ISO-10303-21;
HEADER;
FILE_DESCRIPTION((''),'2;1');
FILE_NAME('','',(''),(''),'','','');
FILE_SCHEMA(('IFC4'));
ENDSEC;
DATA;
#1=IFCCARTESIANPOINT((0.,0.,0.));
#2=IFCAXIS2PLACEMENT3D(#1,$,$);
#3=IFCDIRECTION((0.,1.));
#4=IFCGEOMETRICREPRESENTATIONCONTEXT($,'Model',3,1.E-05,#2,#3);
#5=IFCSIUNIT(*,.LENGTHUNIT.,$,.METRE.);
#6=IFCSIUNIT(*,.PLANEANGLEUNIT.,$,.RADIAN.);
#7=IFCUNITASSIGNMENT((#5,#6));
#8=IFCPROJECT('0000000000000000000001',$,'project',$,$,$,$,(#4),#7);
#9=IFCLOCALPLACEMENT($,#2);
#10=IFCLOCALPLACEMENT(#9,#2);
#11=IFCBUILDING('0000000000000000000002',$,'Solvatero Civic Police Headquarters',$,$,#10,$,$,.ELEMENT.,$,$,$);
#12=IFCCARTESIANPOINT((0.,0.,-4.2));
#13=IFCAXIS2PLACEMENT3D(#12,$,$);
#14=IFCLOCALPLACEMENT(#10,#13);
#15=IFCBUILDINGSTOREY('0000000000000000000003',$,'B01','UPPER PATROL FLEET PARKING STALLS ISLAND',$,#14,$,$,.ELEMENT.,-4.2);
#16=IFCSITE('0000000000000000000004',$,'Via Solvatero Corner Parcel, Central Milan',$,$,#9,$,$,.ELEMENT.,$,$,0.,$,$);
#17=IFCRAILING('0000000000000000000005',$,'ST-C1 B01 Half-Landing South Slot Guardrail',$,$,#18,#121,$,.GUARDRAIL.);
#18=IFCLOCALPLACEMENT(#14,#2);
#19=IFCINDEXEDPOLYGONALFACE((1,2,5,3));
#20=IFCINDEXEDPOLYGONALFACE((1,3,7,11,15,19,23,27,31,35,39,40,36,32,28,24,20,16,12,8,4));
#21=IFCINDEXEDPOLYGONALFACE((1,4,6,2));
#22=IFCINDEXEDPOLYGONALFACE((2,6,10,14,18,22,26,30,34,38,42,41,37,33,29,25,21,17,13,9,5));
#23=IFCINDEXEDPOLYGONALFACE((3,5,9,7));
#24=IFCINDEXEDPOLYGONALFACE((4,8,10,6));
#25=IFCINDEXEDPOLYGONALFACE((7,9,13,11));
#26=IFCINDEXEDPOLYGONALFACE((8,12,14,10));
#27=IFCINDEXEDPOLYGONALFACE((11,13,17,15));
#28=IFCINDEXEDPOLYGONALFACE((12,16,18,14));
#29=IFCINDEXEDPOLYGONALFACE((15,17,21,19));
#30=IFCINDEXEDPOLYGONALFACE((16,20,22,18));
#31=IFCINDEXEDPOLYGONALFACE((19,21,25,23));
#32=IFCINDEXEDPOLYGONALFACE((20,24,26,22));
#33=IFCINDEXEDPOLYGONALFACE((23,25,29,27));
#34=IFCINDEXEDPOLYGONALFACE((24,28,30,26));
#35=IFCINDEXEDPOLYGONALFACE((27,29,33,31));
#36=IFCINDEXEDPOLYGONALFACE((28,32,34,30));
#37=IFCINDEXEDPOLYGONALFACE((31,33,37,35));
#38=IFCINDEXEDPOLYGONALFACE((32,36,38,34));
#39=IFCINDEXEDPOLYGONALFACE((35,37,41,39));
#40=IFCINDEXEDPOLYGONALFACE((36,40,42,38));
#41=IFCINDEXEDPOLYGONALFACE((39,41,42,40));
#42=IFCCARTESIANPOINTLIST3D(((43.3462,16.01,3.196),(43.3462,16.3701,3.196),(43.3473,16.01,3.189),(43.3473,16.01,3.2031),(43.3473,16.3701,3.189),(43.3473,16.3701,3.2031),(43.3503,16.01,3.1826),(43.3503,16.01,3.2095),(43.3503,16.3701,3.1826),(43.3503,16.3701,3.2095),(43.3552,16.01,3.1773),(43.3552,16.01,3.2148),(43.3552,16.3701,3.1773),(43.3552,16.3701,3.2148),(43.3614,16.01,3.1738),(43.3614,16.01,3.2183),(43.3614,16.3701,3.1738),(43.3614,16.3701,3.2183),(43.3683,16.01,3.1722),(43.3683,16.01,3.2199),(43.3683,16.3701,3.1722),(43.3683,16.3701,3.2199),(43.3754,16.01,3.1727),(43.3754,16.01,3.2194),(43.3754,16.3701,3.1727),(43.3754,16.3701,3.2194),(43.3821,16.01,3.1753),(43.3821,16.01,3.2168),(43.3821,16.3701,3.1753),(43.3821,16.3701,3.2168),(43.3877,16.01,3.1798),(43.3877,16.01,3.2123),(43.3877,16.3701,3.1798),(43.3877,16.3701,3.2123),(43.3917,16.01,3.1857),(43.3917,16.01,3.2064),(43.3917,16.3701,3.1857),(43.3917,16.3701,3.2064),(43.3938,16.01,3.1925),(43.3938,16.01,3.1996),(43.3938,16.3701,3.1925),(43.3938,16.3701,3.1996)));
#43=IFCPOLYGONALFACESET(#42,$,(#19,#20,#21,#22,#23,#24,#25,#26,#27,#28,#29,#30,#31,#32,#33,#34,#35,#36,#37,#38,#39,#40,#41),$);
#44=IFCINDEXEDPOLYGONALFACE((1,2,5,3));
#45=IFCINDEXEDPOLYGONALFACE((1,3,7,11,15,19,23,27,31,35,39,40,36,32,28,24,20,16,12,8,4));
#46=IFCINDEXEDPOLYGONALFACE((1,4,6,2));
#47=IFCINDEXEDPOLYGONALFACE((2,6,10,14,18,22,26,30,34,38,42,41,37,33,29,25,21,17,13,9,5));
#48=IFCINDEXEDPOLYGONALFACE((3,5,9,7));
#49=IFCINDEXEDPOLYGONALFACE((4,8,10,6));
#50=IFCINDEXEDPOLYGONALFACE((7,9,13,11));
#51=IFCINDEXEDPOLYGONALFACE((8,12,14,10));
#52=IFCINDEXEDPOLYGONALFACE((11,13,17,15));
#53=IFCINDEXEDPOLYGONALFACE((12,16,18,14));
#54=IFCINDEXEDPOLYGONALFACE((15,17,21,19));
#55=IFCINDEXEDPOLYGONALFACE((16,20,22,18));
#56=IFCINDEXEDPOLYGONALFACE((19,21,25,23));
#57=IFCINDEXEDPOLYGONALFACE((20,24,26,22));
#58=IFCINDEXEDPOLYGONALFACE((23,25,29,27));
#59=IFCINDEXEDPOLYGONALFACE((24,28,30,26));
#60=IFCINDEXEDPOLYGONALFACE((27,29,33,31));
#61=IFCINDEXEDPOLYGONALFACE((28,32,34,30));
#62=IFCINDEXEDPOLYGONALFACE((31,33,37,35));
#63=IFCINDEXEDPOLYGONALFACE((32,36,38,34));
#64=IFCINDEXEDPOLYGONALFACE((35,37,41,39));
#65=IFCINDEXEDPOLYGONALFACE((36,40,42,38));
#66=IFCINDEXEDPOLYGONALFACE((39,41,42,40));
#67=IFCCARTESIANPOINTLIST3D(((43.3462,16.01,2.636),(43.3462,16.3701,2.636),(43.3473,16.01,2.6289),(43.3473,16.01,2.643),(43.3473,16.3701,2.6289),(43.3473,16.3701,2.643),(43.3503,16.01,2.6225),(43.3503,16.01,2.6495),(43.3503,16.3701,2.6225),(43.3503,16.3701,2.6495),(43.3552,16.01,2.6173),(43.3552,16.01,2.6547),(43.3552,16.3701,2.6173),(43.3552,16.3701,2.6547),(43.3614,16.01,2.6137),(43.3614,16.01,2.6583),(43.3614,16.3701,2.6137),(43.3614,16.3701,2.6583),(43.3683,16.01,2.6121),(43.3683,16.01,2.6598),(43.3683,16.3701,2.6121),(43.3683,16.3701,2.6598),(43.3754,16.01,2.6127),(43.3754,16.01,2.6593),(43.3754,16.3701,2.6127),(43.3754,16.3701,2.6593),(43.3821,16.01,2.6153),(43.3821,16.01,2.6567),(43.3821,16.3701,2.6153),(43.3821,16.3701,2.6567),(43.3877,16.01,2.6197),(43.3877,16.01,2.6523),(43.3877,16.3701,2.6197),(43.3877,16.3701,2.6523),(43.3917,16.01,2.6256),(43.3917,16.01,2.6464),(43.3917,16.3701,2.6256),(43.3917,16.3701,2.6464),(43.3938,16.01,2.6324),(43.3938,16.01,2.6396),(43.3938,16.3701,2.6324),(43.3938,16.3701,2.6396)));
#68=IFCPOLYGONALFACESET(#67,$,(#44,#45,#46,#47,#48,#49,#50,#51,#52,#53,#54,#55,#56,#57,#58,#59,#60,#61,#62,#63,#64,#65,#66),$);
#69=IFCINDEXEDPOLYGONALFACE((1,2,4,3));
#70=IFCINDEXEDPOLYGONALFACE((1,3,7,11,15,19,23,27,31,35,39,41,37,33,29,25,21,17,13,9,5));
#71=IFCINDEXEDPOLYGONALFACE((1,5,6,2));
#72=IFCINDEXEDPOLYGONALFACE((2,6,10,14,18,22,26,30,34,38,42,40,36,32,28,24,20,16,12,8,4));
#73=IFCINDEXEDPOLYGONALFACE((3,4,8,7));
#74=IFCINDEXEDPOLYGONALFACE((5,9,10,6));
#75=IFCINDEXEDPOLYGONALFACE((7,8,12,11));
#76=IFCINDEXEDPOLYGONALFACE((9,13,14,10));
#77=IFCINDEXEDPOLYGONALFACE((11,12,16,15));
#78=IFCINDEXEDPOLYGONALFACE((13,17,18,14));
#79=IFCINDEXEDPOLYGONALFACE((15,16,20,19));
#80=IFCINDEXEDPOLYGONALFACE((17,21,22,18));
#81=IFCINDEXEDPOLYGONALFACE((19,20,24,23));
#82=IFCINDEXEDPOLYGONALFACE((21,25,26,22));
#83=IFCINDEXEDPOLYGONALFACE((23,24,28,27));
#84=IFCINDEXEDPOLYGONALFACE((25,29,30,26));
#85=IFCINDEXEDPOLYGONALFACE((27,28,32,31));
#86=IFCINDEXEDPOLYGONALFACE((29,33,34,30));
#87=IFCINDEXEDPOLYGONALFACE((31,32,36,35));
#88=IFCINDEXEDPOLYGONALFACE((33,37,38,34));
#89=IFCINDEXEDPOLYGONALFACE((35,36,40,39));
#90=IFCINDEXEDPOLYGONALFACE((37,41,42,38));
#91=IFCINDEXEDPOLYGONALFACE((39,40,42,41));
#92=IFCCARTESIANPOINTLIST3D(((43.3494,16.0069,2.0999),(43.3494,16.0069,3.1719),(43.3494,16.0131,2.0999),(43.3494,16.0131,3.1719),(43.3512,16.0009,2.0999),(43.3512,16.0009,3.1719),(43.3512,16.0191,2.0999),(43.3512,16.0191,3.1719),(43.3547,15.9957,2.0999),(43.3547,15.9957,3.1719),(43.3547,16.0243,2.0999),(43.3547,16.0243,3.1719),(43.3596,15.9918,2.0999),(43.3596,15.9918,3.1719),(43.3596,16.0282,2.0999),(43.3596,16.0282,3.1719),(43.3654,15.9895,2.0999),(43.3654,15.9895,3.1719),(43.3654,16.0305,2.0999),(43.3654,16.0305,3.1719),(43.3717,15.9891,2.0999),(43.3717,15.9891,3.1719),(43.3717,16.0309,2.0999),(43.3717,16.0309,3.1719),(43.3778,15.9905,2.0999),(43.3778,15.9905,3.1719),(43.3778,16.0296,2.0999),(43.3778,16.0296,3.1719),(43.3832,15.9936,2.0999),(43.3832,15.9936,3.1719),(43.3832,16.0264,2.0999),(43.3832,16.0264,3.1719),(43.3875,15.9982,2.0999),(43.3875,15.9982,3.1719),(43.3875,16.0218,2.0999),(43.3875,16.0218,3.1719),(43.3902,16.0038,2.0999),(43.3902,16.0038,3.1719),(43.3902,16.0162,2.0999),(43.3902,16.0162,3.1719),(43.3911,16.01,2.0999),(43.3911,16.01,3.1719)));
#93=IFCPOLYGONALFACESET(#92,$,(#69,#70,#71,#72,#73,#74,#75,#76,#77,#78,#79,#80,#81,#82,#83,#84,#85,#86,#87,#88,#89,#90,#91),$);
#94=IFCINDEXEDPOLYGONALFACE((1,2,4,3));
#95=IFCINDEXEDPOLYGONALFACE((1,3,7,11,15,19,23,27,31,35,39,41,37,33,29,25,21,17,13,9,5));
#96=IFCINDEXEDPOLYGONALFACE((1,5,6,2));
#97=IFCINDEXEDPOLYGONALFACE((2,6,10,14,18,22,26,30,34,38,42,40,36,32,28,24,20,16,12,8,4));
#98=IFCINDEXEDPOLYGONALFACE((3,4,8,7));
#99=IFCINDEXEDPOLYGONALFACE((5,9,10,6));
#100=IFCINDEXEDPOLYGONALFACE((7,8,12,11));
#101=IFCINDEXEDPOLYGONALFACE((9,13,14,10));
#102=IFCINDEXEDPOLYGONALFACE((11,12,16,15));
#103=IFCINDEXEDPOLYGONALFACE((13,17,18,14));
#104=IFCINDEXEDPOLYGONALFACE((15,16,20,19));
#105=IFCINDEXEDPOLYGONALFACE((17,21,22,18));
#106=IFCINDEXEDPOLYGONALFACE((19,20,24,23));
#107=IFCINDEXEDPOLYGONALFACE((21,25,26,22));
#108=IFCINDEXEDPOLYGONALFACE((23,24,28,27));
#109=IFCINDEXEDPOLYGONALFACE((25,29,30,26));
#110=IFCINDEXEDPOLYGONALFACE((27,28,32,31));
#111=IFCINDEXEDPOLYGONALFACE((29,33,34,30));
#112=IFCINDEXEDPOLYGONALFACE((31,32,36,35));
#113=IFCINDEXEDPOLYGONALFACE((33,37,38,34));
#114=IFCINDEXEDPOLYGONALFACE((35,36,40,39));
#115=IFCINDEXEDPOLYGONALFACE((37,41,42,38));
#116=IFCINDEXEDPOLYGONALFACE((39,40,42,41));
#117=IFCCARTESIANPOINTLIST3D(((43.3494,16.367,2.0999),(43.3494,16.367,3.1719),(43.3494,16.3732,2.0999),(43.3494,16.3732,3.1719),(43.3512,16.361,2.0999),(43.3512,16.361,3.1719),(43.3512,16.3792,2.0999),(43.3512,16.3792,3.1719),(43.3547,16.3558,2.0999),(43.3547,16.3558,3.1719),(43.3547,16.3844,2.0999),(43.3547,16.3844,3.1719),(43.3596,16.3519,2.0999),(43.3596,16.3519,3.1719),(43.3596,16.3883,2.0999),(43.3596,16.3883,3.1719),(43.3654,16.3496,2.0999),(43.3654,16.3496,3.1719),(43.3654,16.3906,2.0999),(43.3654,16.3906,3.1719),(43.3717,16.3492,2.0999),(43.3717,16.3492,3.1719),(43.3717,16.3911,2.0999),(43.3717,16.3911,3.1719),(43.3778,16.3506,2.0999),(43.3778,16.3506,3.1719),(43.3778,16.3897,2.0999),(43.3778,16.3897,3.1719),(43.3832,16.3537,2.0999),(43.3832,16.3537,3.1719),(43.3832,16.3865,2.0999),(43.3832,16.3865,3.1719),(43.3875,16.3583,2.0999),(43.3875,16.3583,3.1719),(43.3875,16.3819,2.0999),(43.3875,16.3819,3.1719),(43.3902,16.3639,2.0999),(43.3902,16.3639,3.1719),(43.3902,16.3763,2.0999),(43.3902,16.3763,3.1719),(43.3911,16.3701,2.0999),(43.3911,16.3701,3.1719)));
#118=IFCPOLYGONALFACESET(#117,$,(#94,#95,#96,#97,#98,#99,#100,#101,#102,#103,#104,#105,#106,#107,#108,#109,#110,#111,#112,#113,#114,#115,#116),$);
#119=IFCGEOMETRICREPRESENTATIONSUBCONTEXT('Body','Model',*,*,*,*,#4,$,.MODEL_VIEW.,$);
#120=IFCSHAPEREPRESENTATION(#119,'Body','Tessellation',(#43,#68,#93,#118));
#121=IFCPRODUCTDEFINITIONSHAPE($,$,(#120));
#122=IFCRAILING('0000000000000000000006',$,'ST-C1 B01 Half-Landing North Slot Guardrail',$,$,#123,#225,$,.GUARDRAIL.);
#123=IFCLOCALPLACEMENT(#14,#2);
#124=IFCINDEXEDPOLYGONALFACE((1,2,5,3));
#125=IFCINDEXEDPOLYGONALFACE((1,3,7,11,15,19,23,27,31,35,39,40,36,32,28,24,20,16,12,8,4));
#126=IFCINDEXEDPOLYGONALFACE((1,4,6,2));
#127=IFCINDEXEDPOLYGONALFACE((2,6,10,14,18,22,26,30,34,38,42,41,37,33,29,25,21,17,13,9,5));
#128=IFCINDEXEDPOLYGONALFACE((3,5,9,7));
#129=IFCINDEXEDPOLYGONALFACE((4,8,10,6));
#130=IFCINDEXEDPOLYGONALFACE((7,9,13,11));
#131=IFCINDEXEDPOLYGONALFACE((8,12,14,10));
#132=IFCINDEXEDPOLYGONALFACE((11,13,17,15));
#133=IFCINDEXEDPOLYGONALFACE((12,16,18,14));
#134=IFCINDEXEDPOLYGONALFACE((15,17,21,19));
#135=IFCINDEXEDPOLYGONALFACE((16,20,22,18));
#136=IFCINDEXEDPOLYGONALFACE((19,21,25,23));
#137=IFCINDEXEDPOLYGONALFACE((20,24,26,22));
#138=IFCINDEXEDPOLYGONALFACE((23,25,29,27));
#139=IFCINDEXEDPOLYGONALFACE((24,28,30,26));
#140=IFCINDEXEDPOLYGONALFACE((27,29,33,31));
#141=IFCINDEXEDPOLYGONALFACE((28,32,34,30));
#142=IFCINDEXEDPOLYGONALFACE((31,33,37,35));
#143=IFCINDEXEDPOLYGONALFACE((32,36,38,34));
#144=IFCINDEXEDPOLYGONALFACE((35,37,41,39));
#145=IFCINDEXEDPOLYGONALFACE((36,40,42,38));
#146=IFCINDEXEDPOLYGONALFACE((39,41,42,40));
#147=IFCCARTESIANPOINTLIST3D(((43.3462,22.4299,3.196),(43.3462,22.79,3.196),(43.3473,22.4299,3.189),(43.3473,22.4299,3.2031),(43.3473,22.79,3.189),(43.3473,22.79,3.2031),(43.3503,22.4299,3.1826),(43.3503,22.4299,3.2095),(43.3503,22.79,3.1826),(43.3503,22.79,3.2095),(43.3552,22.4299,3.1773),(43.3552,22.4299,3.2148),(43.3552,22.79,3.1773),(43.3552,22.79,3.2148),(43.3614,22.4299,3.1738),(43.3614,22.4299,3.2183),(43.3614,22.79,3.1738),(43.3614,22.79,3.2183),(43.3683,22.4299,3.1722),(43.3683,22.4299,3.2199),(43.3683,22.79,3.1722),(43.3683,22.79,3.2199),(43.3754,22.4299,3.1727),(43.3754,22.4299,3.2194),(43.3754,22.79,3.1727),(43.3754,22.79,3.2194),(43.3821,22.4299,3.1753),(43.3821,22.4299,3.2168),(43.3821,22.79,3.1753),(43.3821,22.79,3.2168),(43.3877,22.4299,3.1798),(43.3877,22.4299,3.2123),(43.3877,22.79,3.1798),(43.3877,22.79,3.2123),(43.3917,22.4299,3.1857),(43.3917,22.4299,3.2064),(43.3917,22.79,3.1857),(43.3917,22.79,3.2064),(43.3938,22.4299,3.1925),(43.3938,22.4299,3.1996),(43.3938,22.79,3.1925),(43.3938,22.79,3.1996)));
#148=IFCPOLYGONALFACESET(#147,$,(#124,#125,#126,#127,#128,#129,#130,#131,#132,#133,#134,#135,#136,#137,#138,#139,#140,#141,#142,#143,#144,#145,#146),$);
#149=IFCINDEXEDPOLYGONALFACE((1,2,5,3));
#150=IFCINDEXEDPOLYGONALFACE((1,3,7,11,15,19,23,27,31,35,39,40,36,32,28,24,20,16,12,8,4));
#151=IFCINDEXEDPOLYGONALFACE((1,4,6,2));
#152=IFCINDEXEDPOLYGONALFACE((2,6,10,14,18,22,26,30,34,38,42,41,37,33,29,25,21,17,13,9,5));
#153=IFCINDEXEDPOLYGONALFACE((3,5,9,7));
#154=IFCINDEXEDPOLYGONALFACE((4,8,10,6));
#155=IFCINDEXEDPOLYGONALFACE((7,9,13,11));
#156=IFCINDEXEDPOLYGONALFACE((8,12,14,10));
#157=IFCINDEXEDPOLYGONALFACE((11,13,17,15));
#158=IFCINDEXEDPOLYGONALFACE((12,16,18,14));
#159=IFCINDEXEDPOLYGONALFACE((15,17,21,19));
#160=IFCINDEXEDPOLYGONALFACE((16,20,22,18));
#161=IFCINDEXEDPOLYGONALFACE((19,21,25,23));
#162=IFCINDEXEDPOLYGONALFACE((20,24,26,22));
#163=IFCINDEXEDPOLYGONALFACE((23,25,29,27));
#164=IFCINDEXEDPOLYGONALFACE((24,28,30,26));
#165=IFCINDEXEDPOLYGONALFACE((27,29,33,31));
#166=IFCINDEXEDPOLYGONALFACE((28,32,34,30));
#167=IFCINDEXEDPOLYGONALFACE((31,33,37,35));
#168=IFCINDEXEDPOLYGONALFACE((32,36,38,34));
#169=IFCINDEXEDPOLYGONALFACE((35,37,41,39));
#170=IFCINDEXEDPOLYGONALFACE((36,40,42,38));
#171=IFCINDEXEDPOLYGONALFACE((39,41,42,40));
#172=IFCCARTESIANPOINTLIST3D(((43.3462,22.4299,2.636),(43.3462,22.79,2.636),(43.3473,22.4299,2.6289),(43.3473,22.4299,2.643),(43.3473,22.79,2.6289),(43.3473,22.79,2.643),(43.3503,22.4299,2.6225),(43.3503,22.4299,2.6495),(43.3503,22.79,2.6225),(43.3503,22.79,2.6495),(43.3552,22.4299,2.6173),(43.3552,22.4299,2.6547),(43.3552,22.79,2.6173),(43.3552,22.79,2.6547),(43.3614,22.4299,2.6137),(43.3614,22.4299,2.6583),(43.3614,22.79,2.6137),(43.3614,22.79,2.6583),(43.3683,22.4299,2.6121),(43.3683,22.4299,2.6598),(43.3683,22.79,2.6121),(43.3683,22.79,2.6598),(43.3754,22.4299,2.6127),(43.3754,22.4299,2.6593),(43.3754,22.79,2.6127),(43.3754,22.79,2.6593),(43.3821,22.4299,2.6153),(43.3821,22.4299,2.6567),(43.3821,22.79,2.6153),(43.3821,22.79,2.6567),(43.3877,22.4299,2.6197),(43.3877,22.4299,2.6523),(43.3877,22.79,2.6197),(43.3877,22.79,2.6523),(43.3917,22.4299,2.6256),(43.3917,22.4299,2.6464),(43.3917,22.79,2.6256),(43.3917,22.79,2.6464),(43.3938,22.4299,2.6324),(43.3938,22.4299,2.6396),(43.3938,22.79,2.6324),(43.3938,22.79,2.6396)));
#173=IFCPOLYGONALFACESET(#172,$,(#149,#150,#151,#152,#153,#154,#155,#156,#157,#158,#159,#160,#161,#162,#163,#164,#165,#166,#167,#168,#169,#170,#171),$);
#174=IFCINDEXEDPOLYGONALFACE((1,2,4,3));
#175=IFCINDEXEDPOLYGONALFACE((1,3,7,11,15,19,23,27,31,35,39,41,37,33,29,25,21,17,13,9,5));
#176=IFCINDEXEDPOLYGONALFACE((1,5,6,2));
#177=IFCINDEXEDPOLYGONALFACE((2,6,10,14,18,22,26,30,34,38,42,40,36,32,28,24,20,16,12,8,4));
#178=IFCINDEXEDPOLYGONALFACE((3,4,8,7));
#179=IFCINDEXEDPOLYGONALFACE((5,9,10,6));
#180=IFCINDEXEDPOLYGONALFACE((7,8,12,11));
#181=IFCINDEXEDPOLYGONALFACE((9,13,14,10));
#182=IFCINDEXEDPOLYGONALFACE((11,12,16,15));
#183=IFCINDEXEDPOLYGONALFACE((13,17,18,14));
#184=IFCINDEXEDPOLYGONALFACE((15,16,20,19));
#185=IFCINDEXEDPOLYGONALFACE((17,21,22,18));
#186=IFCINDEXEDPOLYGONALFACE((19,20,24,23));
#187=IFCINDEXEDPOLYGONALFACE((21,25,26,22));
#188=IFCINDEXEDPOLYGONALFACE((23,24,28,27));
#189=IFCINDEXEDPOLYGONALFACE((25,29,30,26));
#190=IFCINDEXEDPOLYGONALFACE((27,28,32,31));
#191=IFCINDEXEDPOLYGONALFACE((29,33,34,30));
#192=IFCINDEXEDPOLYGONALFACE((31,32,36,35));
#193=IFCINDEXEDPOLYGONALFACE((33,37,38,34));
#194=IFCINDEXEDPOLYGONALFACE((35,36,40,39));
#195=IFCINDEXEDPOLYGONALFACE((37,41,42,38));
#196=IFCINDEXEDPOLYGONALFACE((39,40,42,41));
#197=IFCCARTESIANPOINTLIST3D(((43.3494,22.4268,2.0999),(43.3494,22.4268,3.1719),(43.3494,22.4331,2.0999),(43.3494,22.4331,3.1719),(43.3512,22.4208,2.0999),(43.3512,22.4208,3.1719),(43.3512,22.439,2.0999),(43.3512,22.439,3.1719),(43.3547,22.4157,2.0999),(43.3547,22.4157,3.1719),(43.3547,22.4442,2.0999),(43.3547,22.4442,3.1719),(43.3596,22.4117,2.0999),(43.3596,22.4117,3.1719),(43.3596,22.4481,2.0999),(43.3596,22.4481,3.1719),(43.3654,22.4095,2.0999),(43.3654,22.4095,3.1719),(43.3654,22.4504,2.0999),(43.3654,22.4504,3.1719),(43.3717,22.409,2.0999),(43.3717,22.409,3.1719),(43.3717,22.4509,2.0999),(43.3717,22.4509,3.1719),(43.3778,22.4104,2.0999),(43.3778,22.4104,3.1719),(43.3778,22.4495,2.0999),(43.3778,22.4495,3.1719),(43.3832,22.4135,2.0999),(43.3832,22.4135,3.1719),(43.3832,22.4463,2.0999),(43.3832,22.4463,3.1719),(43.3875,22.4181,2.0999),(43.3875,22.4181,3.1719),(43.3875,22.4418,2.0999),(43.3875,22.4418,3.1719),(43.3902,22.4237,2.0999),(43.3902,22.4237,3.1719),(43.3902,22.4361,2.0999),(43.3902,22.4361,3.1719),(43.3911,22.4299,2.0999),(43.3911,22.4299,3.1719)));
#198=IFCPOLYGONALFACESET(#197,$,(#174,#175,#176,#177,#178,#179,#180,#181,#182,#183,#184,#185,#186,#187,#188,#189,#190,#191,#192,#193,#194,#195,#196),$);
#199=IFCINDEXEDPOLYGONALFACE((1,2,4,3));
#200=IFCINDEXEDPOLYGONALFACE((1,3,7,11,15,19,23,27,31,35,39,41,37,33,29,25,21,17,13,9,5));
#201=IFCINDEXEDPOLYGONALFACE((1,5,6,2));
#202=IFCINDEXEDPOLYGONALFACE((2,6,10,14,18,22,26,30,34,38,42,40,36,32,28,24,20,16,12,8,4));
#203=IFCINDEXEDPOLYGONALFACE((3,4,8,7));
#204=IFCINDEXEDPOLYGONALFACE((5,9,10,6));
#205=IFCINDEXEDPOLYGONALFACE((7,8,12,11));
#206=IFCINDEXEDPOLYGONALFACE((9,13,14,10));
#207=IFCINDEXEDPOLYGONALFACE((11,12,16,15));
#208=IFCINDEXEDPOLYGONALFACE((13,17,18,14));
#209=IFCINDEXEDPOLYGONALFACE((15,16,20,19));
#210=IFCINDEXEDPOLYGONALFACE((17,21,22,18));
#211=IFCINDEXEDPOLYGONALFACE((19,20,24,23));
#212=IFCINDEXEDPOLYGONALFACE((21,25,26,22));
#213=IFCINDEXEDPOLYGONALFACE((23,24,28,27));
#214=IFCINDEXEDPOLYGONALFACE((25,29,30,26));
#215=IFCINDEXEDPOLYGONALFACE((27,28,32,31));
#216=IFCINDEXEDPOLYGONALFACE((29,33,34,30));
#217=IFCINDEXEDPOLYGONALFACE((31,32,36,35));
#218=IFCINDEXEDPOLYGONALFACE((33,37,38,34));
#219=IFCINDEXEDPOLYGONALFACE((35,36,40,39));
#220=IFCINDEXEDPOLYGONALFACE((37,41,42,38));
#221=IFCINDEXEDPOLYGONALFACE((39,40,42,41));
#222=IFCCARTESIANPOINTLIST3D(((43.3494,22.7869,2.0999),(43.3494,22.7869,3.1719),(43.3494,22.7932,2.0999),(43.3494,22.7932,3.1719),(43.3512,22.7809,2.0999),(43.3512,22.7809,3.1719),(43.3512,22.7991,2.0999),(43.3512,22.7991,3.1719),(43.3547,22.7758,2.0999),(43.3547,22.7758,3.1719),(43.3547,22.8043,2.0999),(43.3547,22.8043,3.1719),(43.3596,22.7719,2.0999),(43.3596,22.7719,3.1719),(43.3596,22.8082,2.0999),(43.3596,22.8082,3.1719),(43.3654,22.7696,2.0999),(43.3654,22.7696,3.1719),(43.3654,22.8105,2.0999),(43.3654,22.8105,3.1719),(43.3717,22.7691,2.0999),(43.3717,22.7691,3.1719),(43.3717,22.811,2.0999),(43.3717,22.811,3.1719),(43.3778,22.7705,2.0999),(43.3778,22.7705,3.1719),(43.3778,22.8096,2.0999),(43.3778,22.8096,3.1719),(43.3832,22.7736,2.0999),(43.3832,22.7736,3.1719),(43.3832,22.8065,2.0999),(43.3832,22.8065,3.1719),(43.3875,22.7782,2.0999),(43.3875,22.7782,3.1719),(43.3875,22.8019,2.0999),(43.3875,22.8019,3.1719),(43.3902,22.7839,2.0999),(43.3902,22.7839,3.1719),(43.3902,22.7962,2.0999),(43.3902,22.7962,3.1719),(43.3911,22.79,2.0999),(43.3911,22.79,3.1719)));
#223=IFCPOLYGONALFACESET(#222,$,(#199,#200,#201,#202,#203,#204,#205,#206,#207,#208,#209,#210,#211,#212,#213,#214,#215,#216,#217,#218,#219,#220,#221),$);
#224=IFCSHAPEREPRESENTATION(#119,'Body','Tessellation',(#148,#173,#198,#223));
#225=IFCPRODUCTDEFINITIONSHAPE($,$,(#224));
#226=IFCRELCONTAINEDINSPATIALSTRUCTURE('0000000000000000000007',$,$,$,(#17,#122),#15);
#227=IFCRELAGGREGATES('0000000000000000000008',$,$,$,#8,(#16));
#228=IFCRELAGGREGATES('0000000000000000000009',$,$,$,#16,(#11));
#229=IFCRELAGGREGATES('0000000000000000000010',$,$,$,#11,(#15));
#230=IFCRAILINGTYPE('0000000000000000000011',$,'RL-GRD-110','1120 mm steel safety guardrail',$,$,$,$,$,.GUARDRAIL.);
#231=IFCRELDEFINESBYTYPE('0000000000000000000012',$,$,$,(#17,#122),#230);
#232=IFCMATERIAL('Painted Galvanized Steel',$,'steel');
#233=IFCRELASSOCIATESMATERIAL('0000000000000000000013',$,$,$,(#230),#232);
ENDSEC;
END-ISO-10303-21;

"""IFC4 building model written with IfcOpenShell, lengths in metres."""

from ifc_helpers import new_model, si_unit, direction, frame, origin, origin_2d, place, context, subcontext, project, spatial, circle, extrude, material, type_object, element, save


model = new_model("IFC4")

# Units and contexts
model_context = context("Model", 3, precision=1e-05, world=origin(), true_north=direction((0.0, 1.0)))
body_context = subcontext(model_context, "Body", "Model", "MODEL_VIEW")
ifc_project = project(units=[si_unit("LENGTHUNIT", "METRE"), si_unit("PLANEANGLEUNIT", "RADIAN")], contexts=[model_context])

# Site, building, storey
site_placement = place(None, origin())
site = spatial("IfcSite", under=ifc_project, at=site_placement, Name="Via Solvatero Corner Parcel, Central Milan", CompositionType="ELEMENT", RefElevation=0.0)
building_placement = place(site_placement, origin())
building = spatial("IfcBuilding", under=site, at=building_placement, Name="Solvatero Civic Police Headquarters", CompositionType="ELEMENT")
storey_placement = place(building_placement, frame((0.0, 0.0, -4.2)))
storey = spatial("IfcBuildingStorey", under=building, at=storey_placement, Name="B01", Description="UPPER PATROL FLEET PARKING STALLS ISLAND", CompositionType="ELEMENT", Elevation=-4.2)

# Railings
ifc_material_1 = material(Name="Painted Galvanized Steel", Category="steel")
railing_type_1 = type_object("IfcRailingType", Name="RL-GRD-110", Description="1120 mm steel safety guardrail", PredefinedType="GUARDRAIL", material=ifc_material_1)
for number, where, name in (
    (1, (43.3701, 16.01, 2.0999), "ST-C1 B01 Half-Landing South Slot Guardrail"),
    (2, (43.3701, 22.4299, 2.0999), "ST-C1 B01 Half-Landing North Slot Guardrail"),
):
    element("IfcRailing", number, at=place(storey_placement, frame(where)), inside=storey, type_object=railing_type_1, Name=name, PredefinedType="GUARDRAIL", context=body_context, shape_type="SweptSolid", body=[
        extrude(circle(Radius=0.0239, at=origin_2d()), frame((0.0, 0.0, 1.0962), z_axis=(0.0, 1.0, 0.0), x_axis=(-1.0, 0.0, 0.0)), (0.0, 0.0, 1.0), 0.3601),
        extrude(circle(Radius=0.0239, at=origin_2d()), frame((0.0, 0.0, 0.5361), z_axis=(0.0, 1.0, 0.0), x_axis=(-1.0, 0.0, 0.0)), (0.0, 0.0, 1.0), 0.3601),
        extrude(circle(Radius=0.021, at=origin_2d()), origin(), (0.0, 0.0, 1.0), 1.072),
        extrude(circle(Radius=0.021, at=origin_2d()), frame((0.0, 0.3601, 0.0)), (0.0, 0.0, 1.0), 1.072),
    ])

save(model, "model.ifc")
